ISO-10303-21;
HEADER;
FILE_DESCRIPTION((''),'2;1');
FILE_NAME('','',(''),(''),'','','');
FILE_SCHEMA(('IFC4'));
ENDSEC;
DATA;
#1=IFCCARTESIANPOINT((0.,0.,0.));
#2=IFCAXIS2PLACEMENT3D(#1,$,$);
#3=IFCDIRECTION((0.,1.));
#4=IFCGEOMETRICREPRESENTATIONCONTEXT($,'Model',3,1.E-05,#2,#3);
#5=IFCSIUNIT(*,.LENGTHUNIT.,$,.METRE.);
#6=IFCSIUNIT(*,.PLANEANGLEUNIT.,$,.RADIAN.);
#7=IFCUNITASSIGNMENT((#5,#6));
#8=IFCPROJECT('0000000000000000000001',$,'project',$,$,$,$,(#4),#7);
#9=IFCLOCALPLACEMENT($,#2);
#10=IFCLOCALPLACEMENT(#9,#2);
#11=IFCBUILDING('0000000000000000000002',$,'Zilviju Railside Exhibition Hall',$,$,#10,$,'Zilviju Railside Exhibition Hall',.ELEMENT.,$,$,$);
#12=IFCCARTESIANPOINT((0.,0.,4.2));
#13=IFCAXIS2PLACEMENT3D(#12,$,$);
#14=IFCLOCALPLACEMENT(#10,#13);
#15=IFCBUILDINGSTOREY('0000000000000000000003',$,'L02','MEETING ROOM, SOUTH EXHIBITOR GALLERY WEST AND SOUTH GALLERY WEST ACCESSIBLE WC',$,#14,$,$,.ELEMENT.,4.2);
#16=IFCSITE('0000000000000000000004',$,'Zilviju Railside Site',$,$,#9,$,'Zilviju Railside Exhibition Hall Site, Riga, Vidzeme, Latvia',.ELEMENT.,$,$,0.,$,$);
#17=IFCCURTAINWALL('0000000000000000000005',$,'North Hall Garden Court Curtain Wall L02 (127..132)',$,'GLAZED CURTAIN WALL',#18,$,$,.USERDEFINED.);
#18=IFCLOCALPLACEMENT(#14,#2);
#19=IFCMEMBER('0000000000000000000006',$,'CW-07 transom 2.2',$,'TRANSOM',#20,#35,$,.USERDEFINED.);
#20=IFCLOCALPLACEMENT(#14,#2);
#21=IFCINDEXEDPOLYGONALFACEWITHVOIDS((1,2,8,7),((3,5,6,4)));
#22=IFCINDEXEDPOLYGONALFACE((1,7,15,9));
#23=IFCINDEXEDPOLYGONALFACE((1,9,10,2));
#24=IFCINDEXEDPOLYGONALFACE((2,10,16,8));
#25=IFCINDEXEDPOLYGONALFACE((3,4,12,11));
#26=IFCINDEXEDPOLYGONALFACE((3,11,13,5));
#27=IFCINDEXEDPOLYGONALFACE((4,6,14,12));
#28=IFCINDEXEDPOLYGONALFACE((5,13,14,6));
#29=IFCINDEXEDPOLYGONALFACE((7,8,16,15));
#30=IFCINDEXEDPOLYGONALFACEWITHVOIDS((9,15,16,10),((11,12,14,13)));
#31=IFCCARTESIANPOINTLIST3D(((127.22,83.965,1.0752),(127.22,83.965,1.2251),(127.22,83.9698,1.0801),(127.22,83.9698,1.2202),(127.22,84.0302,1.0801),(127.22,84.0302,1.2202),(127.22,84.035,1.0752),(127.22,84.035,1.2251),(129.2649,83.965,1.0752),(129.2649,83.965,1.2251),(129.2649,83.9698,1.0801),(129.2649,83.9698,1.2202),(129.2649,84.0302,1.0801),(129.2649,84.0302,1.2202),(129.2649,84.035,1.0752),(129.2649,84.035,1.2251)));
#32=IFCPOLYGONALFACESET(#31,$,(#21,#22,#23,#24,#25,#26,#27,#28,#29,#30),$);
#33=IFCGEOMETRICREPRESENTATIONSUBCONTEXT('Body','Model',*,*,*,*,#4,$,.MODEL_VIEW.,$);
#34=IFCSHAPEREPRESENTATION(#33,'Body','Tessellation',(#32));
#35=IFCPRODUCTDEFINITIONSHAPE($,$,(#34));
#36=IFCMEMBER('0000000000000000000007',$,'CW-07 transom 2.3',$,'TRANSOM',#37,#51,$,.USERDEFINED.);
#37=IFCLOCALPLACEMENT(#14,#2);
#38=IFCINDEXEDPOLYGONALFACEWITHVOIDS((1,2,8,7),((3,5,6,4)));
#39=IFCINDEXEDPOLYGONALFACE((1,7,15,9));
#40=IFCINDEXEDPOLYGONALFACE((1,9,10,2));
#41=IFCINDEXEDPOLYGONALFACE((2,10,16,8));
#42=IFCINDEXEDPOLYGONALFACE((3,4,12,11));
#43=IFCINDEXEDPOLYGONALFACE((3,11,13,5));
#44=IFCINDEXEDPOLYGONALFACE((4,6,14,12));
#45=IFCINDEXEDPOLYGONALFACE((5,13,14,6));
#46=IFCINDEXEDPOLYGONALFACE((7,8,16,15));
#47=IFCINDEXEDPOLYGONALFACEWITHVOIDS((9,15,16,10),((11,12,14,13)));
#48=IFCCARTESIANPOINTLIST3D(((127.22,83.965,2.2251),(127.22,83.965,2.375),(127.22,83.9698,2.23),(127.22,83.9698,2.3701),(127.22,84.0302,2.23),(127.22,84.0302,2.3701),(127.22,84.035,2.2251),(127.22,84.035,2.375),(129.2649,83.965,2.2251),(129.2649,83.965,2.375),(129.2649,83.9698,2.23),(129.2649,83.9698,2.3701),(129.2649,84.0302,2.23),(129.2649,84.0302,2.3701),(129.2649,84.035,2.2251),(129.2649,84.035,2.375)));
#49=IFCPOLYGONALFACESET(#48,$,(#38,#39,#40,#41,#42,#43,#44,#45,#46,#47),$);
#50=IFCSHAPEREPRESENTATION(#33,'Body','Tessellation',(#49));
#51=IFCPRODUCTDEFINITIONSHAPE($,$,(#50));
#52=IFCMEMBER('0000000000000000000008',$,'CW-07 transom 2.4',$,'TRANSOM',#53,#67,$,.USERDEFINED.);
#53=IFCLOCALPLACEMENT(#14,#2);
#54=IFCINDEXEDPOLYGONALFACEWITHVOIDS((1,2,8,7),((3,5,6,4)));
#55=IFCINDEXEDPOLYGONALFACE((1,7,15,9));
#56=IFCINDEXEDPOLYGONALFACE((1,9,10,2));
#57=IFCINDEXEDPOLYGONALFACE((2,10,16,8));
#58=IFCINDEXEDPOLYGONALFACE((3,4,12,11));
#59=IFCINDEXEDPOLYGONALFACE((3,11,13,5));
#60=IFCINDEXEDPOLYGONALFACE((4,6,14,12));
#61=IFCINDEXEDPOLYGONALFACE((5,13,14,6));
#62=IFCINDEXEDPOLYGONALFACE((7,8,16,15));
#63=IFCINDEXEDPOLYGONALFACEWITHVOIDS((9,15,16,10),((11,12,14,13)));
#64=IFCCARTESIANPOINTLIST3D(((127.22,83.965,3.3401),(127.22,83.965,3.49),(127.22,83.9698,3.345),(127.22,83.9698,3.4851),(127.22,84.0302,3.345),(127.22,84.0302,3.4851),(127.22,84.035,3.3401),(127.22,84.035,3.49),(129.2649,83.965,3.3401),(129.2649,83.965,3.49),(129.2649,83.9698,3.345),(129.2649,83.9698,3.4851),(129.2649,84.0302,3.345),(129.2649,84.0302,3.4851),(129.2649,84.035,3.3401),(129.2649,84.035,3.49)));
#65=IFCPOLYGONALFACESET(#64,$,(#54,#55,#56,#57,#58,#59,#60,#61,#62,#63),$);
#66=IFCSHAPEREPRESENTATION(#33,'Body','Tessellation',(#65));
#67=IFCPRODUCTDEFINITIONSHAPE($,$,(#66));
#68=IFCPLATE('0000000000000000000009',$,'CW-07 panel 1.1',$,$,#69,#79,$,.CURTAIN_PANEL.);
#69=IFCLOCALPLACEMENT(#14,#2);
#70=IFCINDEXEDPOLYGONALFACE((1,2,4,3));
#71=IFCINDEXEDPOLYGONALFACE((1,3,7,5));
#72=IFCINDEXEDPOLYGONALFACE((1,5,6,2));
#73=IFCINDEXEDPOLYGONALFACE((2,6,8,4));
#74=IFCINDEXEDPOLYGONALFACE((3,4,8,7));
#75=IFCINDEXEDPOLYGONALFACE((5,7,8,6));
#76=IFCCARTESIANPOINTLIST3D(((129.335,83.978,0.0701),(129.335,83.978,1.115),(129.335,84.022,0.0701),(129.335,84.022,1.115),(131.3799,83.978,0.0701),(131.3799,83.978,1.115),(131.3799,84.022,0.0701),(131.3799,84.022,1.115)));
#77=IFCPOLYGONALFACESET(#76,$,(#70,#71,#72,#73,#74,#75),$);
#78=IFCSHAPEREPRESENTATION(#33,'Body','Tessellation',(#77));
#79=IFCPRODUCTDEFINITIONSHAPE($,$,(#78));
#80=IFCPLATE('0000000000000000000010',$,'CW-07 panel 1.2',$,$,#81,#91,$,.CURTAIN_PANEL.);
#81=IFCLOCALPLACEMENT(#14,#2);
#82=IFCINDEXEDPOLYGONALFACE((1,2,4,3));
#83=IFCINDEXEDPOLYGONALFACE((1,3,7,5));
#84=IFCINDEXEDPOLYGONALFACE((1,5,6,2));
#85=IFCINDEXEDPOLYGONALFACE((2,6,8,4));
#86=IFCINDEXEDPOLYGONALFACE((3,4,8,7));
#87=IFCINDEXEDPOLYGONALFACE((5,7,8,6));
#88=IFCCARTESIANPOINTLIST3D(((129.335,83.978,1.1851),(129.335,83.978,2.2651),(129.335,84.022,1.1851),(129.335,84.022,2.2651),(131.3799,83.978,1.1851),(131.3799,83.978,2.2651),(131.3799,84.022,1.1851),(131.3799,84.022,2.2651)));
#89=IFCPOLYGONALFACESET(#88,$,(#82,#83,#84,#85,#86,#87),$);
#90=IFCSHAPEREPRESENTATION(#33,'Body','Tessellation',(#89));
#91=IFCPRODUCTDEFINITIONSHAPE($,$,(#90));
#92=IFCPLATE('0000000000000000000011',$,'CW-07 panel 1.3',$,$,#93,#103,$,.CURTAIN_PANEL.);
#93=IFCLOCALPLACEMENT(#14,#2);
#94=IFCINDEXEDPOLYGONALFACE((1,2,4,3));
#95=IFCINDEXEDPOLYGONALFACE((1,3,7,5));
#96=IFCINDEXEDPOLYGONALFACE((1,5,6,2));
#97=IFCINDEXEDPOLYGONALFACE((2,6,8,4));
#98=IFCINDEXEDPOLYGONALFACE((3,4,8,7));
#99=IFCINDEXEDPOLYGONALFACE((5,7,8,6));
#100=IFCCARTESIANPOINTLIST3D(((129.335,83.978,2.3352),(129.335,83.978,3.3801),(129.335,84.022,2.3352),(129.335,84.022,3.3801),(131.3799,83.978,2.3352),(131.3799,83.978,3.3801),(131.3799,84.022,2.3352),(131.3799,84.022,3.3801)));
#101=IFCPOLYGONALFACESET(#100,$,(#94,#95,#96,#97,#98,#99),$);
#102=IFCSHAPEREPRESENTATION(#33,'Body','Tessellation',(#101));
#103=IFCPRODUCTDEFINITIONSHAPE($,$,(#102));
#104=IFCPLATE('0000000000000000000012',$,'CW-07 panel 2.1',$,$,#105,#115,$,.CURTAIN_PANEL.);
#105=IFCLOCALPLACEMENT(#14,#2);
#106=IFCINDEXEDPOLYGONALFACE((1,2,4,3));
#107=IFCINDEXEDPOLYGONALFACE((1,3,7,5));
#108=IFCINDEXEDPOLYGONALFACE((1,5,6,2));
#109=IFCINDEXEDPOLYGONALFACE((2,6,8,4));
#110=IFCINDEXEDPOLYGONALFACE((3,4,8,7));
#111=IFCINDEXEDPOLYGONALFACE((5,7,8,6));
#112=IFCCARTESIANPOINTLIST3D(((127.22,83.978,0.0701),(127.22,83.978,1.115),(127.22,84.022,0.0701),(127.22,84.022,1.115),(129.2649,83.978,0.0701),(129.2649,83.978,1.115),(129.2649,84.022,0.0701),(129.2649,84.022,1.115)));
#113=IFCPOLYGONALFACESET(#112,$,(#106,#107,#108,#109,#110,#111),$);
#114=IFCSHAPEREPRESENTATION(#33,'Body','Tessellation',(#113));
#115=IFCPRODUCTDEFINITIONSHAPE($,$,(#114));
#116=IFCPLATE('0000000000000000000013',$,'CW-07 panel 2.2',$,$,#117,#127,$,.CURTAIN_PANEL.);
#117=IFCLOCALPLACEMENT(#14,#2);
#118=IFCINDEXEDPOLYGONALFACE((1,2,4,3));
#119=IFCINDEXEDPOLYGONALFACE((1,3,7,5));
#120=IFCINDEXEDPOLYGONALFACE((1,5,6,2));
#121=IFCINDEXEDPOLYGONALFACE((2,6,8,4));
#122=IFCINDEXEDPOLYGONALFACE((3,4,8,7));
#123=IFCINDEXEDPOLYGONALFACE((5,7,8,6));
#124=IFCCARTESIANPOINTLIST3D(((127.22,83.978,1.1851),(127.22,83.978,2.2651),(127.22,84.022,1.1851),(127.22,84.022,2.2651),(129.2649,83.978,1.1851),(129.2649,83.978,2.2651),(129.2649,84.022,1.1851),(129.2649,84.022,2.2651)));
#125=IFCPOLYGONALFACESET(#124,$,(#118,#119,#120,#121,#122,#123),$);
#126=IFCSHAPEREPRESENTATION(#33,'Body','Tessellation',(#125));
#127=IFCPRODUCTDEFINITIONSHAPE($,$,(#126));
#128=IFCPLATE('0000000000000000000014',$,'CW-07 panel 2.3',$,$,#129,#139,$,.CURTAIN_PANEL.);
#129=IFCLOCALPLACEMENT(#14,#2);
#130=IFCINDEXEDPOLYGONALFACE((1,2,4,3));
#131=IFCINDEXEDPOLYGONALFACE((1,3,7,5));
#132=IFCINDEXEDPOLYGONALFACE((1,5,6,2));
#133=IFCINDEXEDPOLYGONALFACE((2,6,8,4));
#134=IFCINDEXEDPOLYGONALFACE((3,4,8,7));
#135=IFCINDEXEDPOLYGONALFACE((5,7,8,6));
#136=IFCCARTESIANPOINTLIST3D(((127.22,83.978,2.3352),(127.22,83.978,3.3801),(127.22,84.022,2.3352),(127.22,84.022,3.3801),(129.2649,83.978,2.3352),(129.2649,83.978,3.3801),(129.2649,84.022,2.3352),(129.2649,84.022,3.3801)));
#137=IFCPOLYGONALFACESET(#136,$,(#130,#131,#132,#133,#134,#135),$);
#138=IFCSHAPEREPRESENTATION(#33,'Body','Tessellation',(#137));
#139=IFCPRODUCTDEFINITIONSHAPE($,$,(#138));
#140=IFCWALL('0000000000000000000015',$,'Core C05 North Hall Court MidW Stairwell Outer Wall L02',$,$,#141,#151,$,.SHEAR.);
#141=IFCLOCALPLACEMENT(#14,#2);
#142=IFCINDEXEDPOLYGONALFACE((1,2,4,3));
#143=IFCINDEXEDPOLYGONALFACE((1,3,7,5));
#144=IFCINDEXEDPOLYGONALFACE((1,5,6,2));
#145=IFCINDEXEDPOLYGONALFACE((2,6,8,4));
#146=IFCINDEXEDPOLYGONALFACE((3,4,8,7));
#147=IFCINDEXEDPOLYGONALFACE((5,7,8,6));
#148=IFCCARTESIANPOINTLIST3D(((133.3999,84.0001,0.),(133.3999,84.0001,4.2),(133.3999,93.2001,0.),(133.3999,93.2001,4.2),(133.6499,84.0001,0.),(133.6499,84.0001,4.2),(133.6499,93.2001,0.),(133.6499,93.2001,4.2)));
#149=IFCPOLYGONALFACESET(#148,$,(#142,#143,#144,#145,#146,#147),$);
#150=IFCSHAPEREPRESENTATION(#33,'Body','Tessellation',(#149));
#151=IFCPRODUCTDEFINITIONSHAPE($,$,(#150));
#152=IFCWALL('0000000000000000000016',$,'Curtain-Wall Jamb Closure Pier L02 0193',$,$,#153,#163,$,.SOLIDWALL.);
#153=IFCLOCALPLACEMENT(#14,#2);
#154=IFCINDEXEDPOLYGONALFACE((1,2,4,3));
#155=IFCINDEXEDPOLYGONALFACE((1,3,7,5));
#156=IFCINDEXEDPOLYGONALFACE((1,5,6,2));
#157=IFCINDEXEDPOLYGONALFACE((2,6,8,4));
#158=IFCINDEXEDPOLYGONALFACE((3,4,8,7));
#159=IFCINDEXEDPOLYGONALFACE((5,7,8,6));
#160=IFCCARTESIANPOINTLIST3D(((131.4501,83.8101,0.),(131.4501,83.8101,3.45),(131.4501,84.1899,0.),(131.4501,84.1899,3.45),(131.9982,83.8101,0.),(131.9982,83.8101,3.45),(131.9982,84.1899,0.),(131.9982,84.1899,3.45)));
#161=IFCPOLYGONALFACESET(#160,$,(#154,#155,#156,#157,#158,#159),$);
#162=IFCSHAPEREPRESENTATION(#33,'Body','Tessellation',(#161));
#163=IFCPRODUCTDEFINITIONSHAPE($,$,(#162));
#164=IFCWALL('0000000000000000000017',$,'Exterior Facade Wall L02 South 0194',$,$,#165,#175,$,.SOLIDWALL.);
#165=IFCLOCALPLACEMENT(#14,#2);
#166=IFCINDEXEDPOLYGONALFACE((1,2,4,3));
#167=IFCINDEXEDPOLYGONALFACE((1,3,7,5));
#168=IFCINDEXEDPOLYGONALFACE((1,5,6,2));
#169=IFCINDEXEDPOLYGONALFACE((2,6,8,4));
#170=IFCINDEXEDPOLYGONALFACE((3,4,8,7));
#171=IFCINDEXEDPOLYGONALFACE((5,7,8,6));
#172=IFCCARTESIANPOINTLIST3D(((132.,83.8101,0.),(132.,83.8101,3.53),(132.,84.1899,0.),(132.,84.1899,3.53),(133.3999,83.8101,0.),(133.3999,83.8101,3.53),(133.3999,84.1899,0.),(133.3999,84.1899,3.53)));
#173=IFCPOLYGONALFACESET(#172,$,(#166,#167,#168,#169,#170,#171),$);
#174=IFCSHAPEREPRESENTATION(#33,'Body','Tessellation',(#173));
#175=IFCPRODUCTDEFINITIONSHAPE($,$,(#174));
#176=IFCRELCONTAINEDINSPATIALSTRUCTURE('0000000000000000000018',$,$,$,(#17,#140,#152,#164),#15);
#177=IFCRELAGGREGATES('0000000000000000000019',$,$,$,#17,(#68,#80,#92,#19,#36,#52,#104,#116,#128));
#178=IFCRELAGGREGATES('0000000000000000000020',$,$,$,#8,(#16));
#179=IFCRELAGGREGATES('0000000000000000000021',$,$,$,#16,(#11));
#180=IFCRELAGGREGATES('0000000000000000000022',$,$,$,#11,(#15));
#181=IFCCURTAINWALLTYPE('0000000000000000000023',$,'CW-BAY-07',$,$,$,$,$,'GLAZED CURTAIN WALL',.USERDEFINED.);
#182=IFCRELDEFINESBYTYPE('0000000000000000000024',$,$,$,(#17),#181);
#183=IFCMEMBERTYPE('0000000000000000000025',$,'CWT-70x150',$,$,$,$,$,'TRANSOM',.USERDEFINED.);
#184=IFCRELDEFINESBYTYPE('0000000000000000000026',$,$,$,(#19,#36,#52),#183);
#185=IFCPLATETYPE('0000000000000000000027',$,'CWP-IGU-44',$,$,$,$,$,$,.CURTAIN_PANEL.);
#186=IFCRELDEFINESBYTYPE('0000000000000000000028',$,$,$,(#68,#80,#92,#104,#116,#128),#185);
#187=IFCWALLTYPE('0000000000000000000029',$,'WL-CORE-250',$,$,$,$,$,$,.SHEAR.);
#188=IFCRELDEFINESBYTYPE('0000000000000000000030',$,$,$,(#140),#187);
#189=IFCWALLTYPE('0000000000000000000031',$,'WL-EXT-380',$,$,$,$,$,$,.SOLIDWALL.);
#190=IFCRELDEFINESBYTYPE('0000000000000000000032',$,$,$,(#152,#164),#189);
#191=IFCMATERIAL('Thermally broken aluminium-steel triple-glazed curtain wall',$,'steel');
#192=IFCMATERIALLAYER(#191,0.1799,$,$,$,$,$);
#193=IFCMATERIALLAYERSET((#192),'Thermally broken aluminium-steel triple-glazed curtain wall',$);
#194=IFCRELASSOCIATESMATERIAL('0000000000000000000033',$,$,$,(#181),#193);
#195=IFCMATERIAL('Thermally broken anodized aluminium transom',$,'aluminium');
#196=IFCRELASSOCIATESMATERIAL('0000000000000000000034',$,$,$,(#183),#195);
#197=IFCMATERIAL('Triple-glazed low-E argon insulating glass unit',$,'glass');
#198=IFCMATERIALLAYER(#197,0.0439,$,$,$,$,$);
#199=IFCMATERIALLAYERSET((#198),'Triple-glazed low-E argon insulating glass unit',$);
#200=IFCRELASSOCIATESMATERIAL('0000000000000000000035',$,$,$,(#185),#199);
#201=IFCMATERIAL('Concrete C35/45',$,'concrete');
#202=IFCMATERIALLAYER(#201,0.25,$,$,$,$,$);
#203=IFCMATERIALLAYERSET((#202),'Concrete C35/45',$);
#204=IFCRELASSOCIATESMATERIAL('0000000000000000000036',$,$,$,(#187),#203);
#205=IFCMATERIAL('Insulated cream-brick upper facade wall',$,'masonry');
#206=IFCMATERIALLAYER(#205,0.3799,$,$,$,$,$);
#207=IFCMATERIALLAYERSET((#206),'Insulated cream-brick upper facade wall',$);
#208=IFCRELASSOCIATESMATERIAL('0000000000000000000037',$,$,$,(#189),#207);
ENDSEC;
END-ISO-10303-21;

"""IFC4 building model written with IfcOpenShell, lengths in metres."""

from ifc_helpers import new_model, si_unit, direction, frame, frame_2d, origin, origin_2d, place, context, subcontext, project, spatial, rectangle, hollow_rectangle, extrude, material, layer, layer_set, material_profile, profile_set, type_object, element, aggregate, save


model = new_model("IFC4")

# Units and contexts
model_context = context("Model", 3, precision=1e-05, world=origin(), true_north=direction((0.0, 1.0)))
body_context = subcontext(model_context, "Body", "Model", "MODEL_VIEW")
ifc_project = project(units=[si_unit("LENGTHUNIT", "METRE"), si_unit("PLANEANGLEUNIT", "RADIAN")], contexts=[model_context])

# Site, building, storey
site_placement = place(None, origin())
site = spatial("IfcSite", under=ifc_project, at=site_placement, Name="Zilviju Railside Site", LongName="Zilviju Railside Exhibition Hall Site, Riga, Vidzeme, Latvia", CompositionType="ELEMENT", RefElevation=0.0)
building_placement = place(site_placement, origin())
building = spatial("IfcBuilding", under=site, at=building_placement, Name="Zilviju Railside Exhibition Hall", LongName="Zilviju Railside Exhibition Hall", CompositionType="ELEMENT")
storey_placement = place(building_placement, frame((0.0, 0.0, 4.2)))
storey = spatial("IfcBuildingStorey", under=building, at=storey_placement, Name="L02", Description="MEETING ROOM, SOUTH EXHIBITOR GALLERY WEST AND SOUTH GALLERY WEST ACCESSIBLE WC", CompositionType="ELEMENT", Elevation=4.2)

# Curtain wall, members, plates
ifc_material_1 = material(Name="Thermally broken aluminium-steel triple-glazed curtain wall", Category="steel")
ifc_layer_1 = layer(ifc_material_1, 0.1799)
ifc_layer_set_1 = layer_set([ifc_layer_1], Name="Thermally broken aluminium-steel triple-glazed curtain wall")
curtain_wall_type = type_object("IfcCurtainWallType", Name="CW-BAY-07", ElementType="GLAZED CURTAIN WALL", PredefinedType="USERDEFINED", material=ifc_layer_set_1)
curtain_wall_placement = place(storey_placement, origin())
curtain_wall = element("IfcCurtainWall", 1, at=curtain_wall_placement, inside=storey, type_object=curtain_wall_type, Name="North Hall Garden Court Curtain Wall L02 (127..132)", ObjectType="GLAZED CURTAIN WALL", PredefinedType="USERDEFINED")
ifc_material_2 = material(Name="Thermally broken anodized aluminium transom", Category="aluminium")
ifc_material_profile_1 = material_profile(ifc_material_2, hollow_rectangle(XDim=0.0701, YDim=0.1499, WallThickness=0.0049, at=origin_2d()), Name="TRANSOM 150x70x5")
ifc_profile_set_1 = profile_set([ifc_material_profile_1], Name="Thermally broken anodized aluminium transom")
member_type_1 = type_object("IfcMemberType", Name="CWT-70x150", ElementType="TRANSOM", PredefinedType="USERDEFINED", material=ifc_profile_set_1)
member_1_placement = place(storey_placement, frame((129.2649, 84.0, 1.1501), z_axis=(-1.0, 0.0, 0.0), x_axis=(0.0, -1.0, 0.0)))
member_1 = element("IfcMember", 2, at=member_1_placement, type_object=member_type_1, Name="CW-07 transom 2.2", ObjectType="TRANSOM", PredefinedType="USERDEFINED", context=body_context, shape_type="SweptSolid", body=[
    extrude(hollow_rectangle(XDim=0.0701, YDim=0.1499, WallThickness=0.0049, at=origin_2d()), origin(), (0.0, 0.0, 1.0), 2.0449),
])
member_2_placement = place(storey_placement, frame((129.2649, 84.0, 2.3), z_axis=(-1.0, 0.0, 0.0), x_axis=(0.0, -1.0, 0.0)))
member_2 = element("IfcMember", 3, at=member_2_placement, type_object=member_type_1, Name="CW-07 transom 2.3", ObjectType="TRANSOM", PredefinedType="USERDEFINED", context=body_context, shape_type="SweptSolid", body=[
    extrude(hollow_rectangle(XDim=0.0701, YDim=0.1499, WallThickness=0.0049, at=origin_2d()), origin(), (0.0, 0.0, 1.0), 2.0449),
])
member_3_placement = place(storey_placement, frame((129.2649, 84.0, 3.415), z_axis=(-1.0, 0.0, 0.0), x_axis=(0.0, -1.0, 0.0)))
member_3 = element("IfcMember", 4, at=member_3_placement, type_object=member_type_1, Name="CW-07 transom 2.4", ObjectType="TRANSOM", PredefinedType="USERDEFINED", context=body_context, shape_type="SweptSolid", body=[
    extrude(hollow_rectangle(XDim=0.0701, YDim=0.1499, WallThickness=0.0049, at=origin_2d()), origin(), (0.0, 0.0, 1.0), 2.0449),
])
ifc_material_3 = material(Name="Triple-glazed low-E argon insulating glass unit", Category="glass")
ifc_layer_2 = layer(ifc_material_3, 0.0439)
ifc_layer_set_2 = layer_set([ifc_layer_2], Name="Triple-glazed low-E argon insulating glass unit")
plate_type = type_object("IfcPlateType", Name="CWP-IGU-44", PredefinedType="CURTAIN_PANEL", material=ifc_layer_set_2)
plate_1_placement = place(storey_placement, frame((130.3574, 84.0, 0.0701), z_axis=(0.0, 0.0, 1.0), x_axis=(-1.0, 0.0, 0.0)))
plate_1 = element("IfcPlate", 5, at=plate_1_placement, type_object=plate_type, Name="CW-07 panel 1.1", PredefinedType="CURTAIN_PANEL", context=body_context, shape_type="SweptSolid", body=[
    extrude(rectangle(XDim=2.0449, YDim=0.0439, at=origin_2d()), origin(), (0.0, 0.0, 1.0), 1.0449),
])
plate_2_placement = place(storey_placement, frame((130.3574, 84.0, 1.1851), z_axis=(0.0, 0.0, 1.0), x_axis=(-1.0, 0.0, 0.0)))
plate_2 = element("IfcPlate", 6, at=plate_2_placement, type_object=plate_type, Name="CW-07 panel 1.2", PredefinedType="CURTAIN_PANEL", context=body_context, shape_type="SweptSolid", body=[
    extrude(rectangle(XDim=2.0449, YDim=0.0439, at=origin_2d()), origin(), (0.0, 0.0, 1.0), 1.0801),
])
plate_3_placement = place(storey_placement, frame((130.3574, 84.0, 2.3352), z_axis=(0.0, 0.0, 1.0), x_axis=(-1.0, 0.0, 0.0)))
plate_3 = element("IfcPlate", 7, at=plate_3_placement, type_object=plate_type, Name="CW-07 panel 1.3", PredefinedType="CURTAIN_PANEL", context=body_context, shape_type="SweptSolid", body=[
    extrude(rectangle(XDim=2.0449, YDim=0.0439, at=origin_2d()), origin(), (0.0, 0.0, 1.0), 1.0449),
])
plate_4_placement = place(storey_placement, frame((128.2424, 84.0, 0.0701), z_axis=(0.0, 0.0, 1.0), x_axis=(-1.0, 0.0, 0.0)))
plate_4 = element("IfcPlate", 8, at=plate_4_placement, type_object=plate_type, Name="CW-07 panel 2.1", PredefinedType="CURTAIN_PANEL", context=body_context, shape_type="SweptSolid", body=[
    extrude(rectangle(XDim=2.0449, YDim=0.0439, at=origin_2d()), origin(), (0.0, 0.0, 1.0), 1.0449),
])
plate_5_placement = place(storey_placement, frame((128.2424, 84.0, 1.1851), z_axis=(0.0, 0.0, 1.0), x_axis=(-1.0, 0.0, 0.0)))
plate_5 = element("IfcPlate", 9, at=plate_5_placement, type_object=plate_type, Name="CW-07 panel 2.2", PredefinedType="CURTAIN_PANEL", context=body_context, shape_type="SweptSolid", body=[
    extrude(rectangle(XDim=2.0449, YDim=0.0439, at=origin_2d()), origin(), (0.0, 0.0, 1.0), 1.0801),
])
plate_6_placement = place(storey_placement, frame((128.2424, 84.0, 2.3352), z_axis=(0.0, 0.0, 1.0), x_axis=(-1.0, 0.0, 0.0)))
plate_6 = element("IfcPlate", 10, at=plate_6_placement, type_object=plate_type, Name="CW-07 panel 2.3", PredefinedType="CURTAIN_PANEL", context=body_context, shape_type="SweptSolid", body=[
    extrude(rectangle(XDim=2.0449, YDim=0.0439, at=origin_2d()), origin(), (0.0, 0.0, 1.0), 1.0449),
])
aggregate(curtain_wall, [plate_1, plate_2, plate_3, member_1, member_2, member_3, plate_4, plate_5, plate_6])

# Walls
ifc_material_4 = material(Name="Concrete C35/45", Category="concrete")
ifc_layer_3 = layer(ifc_material_4, 0.25)
ifc_layer_set_3 = layer_set([ifc_layer_3], Name="Concrete C35/45")
wall_type_1 = type_object("IfcWallType", Name="WL-CORE-250", PredefinedType="SHEAR", material=ifc_layer_set_3)
wall_1_placement = place(storey_placement, frame((133.5249, 84.0, 0.0), z_axis=(0.0, 0.0, 1.0), x_axis=(0.0, 1.0, 0.0)))
element("IfcWall", 11, at=wall_1_placement, inside=storey, type_object=wall_type_1, Name="Core C05 North Hall Court MidW Stairwell Outer Wall L02", PredefinedType="SHEAR", context=body_context, shape_type="SweptSolid", body=[
    extrude(rectangle(XDim=9.2, YDim=0.25, at=frame_2d((4.6001, 0.0))), origin(), (0.0, 0.0, 1.0), 4.2),
])
ifc_material_5 = material(Name="Insulated cream-brick upper facade wall", Category="masonry")
ifc_layer_4 = layer(ifc_material_5, 0.3799)
ifc_layer_set_4 = layer_set([ifc_layer_4], Name="Insulated cream-brick upper facade wall")
wall_type_2 = type_object("IfcWallType", Name="WL-EXT-380", PredefinedType="SOLIDWALL", material=ifc_layer_set_4)
wall_2_placement = place(storey_placement, frame((131.998, 84.0, 0.0), z_axis=(0.0, 0.0, 1.0), x_axis=(-1.0, 0.0, 0.0)))
element("IfcWall", 12, at=wall_2_placement, inside=storey, type_object=wall_type_2, Name="Curtain-Wall Jamb Closure Pier L02 0193", PredefinedType="SOLIDWALL", context=body_context, shape_type="SweptSolid", body=[
    extrude(rectangle(XDim=0.5481, YDim=0.3799, at=frame_2d((0.2739, 0.0))), origin(), (0.0, 0.0, 1.0), 3.45),
])
wall_3_placement = place(storey_placement, frame((133.3999, 84.0, 0.0), z_axis=(0.0, 0.0, 1.0), x_axis=(-1.0, 0.0, 0.0)))
element("IfcWall", 13, at=wall_3_placement, inside=storey, type_object=wall_type_2, Name="Exterior Facade Wall L02 South 0194", PredefinedType="SOLIDWALL", context=body_context, shape_type="SweptSolid", body=[
    extrude(rectangle(XDim=1.3999, YDim=0.3799, at=frame_2d((0.7, 0.0))), origin(), (0.0, 0.0, 1.0), 3.53),
])

save(model, "model.ifc")
